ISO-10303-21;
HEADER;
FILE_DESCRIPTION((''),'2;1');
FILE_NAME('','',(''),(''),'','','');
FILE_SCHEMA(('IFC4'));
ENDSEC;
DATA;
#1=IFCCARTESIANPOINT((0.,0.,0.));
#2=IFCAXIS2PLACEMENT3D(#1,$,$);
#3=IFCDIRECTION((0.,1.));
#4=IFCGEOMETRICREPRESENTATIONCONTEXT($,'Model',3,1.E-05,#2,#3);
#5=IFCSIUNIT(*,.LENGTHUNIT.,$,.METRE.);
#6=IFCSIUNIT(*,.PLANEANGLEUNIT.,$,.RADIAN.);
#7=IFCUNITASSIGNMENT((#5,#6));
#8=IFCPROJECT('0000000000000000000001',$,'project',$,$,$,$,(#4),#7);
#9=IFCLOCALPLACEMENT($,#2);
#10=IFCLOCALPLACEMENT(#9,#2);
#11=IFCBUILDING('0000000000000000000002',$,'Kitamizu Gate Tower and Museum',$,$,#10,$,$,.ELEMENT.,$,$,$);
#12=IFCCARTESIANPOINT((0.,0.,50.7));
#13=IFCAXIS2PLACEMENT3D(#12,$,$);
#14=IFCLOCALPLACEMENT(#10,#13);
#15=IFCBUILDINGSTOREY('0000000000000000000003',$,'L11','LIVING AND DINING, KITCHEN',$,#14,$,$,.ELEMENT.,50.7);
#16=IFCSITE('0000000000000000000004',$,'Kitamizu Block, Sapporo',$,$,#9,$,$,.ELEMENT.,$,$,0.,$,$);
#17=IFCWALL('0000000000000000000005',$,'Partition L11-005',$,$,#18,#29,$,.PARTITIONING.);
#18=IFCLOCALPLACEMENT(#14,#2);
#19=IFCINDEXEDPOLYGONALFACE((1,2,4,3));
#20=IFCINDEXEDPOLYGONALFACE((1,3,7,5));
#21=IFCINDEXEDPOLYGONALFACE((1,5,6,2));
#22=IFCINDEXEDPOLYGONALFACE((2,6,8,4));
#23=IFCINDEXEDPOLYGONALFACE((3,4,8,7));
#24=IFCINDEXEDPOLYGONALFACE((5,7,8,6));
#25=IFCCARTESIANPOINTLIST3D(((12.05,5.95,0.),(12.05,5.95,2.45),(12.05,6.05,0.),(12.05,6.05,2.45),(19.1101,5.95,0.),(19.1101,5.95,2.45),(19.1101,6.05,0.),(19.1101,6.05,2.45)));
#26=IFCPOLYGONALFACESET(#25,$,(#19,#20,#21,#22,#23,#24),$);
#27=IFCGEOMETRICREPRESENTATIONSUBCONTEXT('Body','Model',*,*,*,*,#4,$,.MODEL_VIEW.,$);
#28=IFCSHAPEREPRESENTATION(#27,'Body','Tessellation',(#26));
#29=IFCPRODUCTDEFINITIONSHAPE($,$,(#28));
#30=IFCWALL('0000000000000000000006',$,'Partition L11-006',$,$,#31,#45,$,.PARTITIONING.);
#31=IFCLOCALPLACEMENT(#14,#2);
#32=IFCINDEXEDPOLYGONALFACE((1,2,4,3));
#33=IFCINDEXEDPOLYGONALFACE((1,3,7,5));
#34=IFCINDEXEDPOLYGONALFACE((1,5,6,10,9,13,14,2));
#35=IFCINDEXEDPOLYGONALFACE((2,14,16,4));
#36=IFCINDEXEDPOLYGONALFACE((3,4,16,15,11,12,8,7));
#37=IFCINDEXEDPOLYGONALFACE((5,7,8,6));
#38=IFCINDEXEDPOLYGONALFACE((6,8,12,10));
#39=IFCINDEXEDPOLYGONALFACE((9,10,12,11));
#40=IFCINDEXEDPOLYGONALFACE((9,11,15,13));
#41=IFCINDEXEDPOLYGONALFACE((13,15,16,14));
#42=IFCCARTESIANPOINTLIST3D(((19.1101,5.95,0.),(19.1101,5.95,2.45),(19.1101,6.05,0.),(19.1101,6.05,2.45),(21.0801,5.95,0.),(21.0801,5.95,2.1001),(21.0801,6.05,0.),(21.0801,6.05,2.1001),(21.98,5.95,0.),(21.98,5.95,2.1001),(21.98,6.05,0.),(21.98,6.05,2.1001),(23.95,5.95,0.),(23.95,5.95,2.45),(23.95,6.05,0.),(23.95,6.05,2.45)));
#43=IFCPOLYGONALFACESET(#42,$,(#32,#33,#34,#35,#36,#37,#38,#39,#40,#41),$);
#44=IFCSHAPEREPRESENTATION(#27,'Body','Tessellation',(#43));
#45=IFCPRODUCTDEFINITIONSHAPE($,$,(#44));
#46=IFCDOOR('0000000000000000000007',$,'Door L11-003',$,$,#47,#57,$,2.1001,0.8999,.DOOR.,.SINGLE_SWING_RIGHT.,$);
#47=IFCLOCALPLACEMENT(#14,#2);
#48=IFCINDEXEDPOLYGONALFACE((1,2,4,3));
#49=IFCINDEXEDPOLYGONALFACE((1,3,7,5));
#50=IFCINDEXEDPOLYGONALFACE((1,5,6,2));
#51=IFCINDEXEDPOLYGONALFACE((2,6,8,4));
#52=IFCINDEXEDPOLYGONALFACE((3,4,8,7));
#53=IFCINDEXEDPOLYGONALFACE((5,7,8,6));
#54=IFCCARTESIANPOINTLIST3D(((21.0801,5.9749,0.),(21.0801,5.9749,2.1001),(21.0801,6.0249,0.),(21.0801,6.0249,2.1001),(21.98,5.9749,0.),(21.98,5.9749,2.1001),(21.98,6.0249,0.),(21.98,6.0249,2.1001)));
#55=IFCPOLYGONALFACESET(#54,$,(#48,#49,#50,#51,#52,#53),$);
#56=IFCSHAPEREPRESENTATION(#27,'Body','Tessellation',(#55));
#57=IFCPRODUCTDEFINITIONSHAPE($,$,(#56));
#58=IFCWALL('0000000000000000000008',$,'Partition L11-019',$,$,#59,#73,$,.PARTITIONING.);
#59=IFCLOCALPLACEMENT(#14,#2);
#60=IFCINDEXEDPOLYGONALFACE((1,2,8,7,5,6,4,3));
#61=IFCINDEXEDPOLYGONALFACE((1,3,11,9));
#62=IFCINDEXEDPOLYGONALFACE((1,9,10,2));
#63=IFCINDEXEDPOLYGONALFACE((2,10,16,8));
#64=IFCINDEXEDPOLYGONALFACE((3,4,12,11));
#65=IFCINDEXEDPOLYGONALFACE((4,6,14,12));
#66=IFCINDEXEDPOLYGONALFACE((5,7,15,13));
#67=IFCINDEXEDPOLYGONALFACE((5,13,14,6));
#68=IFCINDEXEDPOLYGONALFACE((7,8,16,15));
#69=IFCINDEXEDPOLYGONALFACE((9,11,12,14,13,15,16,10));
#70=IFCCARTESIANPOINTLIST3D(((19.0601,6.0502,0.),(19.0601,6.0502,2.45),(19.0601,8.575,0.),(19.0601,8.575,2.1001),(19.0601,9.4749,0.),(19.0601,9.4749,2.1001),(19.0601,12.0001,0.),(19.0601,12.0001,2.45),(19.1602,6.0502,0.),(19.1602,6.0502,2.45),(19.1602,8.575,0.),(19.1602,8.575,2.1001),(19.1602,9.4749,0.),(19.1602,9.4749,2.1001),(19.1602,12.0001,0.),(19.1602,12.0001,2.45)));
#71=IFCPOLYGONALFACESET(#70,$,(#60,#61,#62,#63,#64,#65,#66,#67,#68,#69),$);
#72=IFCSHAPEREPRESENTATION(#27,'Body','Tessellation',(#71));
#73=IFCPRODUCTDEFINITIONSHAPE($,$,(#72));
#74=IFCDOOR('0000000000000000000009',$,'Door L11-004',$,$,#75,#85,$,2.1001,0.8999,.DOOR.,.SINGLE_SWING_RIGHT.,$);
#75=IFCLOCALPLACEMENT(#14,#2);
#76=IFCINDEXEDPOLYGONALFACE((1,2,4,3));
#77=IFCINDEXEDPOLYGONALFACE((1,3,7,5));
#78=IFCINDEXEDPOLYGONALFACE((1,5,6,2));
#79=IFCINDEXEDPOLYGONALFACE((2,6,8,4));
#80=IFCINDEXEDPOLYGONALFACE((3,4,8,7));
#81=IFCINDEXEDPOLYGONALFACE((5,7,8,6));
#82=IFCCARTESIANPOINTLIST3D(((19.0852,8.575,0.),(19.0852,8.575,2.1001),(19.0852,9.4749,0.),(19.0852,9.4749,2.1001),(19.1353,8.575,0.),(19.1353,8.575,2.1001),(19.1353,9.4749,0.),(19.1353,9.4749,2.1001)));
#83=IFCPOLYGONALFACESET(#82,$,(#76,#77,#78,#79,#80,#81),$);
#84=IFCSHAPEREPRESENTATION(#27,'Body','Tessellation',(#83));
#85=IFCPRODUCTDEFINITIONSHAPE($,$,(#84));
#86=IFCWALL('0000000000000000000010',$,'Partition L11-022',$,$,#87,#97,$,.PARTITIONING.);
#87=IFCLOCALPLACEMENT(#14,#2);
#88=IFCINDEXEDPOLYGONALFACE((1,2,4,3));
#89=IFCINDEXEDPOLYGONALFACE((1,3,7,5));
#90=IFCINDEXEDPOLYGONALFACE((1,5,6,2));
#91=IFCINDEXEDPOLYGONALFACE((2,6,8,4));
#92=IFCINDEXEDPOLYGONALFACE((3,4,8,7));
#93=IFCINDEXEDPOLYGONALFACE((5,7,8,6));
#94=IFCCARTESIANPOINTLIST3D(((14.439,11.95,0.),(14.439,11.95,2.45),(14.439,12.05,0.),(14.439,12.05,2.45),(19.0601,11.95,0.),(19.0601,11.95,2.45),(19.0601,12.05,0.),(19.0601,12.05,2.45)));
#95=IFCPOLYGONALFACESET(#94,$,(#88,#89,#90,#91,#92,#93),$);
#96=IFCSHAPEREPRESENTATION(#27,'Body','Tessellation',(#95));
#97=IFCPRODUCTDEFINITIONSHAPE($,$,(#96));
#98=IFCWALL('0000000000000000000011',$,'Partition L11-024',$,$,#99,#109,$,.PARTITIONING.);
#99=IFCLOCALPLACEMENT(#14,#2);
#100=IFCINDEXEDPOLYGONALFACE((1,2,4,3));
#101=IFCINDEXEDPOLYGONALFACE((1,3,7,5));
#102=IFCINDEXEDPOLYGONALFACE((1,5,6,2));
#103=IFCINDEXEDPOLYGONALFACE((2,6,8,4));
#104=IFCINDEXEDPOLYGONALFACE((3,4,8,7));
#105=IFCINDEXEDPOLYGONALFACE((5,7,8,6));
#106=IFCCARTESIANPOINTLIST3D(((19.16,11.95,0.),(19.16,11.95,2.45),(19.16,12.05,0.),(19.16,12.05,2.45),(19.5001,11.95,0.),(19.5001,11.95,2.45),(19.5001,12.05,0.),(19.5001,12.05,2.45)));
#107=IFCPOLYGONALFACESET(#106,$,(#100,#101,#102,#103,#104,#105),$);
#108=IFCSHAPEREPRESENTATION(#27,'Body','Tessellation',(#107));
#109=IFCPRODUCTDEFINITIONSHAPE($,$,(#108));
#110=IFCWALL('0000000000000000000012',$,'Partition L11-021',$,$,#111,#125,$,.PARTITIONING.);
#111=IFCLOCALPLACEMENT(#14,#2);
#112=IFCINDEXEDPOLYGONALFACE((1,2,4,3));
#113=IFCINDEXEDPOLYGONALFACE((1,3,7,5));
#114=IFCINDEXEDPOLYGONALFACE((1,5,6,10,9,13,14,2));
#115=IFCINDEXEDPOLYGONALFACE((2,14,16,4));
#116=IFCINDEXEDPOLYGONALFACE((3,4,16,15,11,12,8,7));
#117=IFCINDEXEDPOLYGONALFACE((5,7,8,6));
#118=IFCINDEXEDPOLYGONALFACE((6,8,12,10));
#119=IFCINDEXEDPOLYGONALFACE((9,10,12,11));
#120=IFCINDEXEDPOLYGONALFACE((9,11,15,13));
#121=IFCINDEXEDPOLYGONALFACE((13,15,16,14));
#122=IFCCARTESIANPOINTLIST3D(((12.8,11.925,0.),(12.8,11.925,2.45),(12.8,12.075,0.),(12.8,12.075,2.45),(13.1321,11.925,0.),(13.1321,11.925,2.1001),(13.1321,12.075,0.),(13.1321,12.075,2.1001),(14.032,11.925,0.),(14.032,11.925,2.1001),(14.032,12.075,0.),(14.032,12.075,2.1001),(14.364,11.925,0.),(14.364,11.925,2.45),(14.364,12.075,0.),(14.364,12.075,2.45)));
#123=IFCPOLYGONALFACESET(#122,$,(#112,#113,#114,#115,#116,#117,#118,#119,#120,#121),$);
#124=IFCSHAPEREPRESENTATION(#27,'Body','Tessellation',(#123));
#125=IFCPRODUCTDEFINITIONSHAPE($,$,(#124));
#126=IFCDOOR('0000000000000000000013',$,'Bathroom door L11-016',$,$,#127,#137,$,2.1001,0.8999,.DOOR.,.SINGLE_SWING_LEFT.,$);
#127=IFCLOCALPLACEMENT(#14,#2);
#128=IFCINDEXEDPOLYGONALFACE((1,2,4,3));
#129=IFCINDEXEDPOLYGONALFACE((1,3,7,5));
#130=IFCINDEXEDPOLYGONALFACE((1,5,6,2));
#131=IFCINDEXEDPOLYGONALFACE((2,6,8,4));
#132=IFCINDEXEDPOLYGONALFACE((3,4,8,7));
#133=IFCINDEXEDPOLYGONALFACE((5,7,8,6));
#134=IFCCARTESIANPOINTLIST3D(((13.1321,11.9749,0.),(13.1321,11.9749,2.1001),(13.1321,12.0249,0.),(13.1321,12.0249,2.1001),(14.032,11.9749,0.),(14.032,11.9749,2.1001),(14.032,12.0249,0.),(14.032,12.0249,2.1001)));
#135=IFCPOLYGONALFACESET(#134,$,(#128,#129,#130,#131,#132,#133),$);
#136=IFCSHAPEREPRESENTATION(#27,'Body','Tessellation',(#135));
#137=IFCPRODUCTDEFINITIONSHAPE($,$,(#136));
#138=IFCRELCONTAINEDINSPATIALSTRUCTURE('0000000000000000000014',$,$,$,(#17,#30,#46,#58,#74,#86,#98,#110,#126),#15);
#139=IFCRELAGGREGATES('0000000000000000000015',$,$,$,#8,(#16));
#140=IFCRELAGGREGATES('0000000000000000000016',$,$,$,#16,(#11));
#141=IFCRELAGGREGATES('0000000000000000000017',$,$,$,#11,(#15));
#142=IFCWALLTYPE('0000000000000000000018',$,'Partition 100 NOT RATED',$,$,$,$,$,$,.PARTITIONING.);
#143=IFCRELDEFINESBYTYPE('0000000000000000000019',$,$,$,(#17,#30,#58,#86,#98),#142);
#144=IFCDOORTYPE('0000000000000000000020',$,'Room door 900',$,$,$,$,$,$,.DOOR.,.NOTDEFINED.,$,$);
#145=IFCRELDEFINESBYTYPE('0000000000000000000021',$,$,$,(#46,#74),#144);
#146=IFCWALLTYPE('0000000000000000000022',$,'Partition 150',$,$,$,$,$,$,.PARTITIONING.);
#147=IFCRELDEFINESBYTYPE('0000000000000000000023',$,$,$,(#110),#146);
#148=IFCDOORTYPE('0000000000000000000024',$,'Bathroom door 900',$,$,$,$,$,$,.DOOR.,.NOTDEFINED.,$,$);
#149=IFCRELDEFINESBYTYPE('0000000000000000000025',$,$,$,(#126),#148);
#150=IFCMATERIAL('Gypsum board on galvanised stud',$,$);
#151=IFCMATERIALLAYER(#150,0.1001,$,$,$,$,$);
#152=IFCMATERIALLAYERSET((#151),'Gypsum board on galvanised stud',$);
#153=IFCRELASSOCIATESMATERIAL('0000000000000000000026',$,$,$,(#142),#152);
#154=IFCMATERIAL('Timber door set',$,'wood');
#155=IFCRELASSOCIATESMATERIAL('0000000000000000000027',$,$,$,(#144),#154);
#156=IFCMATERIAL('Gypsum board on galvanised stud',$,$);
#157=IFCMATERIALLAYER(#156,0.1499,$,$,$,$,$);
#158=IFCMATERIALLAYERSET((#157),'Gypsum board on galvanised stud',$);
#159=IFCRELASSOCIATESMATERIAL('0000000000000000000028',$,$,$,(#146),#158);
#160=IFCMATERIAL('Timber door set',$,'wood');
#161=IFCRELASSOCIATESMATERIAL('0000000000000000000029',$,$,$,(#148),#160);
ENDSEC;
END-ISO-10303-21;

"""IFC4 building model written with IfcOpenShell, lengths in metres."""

from ifc_helpers import new_model, si_unit, direction, frame, frame_2d, origin, place, context, subcontext, project, spatial, rectangle, extrude, material, layer, layer_set, type_object, element, fill, save


model = new_model("IFC4")

# Units and contexts
model_context = context("Model", 3, precision=1e-05, world=origin(), true_north=direction((0.0, 1.0)))
body_context = subcontext(model_context, "Body", "Model", "MODEL_VIEW")
ifc_project = project(units=[si_unit("LENGTHUNIT", "METRE"), si_unit("PLANEANGLEUNIT", "RADIAN")], contexts=[model_context])

# Site, building, storey
site_placement = place(None, origin())
site = spatial("IfcSite", under=ifc_project, at=site_placement, Name="Kitamizu Block, Sapporo", CompositionType="ELEMENT", RefElevation=0.0)
building_placement = place(site_placement, origin())
building = spatial("IfcBuilding", under=site, at=building_placement, Name="Kitamizu Gate Tower and Museum", CompositionType="ELEMENT")
storey_placement = place(building_placement, frame((0.0, 0.0, 50.7)))
storey = spatial("IfcBuildingStorey", under=building, at=storey_placement, Name="L11", Description="LIVING AND DINING, KITCHEN", CompositionType="ELEMENT", Elevation=50.7)

# Shared definitions
ifc_material_1 = material(Name="Gypsum board on galvanised stud")
ifc_layer_1 = layer(ifc_material_1, 0.1001)
ifc_layer_set_1 = layer_set([ifc_layer_1], Name="Gypsum board on galvanised stud")
wall_type_1 = type_object("IfcWallType", Name="Partition 100 NOT RATED", PredefinedType="PARTITIONING", material=ifc_layer_set_1)
ifc_material_2 = material(Name="Timber door set", Category="wood")
door_type_1 = type_object("IfcDoorType", Name="Room door 900", OperationType="NOTDEFINED", PredefinedType="DOOR", material=ifc_material_2)

# Wall
wall_1_placement = place(storey_placement, frame((19.1101, 6.0, 0.0), z_axis=(0.0, 0.0, 1.0), x_axis=(-1.0, 0.0, 0.0)))
element("IfcWall", 1, at=wall_1_placement, inside=storey, type_object=wall_type_1, Name="Partition L11-005", PredefinedType="PARTITIONING", context=body_context, shape_type="SweptSolid", body=[
    extrude(rectangle(XDim=7.0601, YDim=0.1001, at=frame_2d((3.53, 0.0))), origin(), (0.0, 0.0, 1.0), 2.45),
])

# Walls, openings, doors
wall_2_placement = place(storey_placement, frame((23.95, 6.0, 0.0), z_axis=(0.0, 0.0, 1.0), x_axis=(-1.0, 0.0, 0.0)))
wall_2 = element("IfcWall", 2, at=wall_2_placement, inside=storey, type_object=wall_type_1, Name="Partition L11-006", PredefinedType="PARTITIONING", context=body_context, shape_type="SweptSolid", body=[
    extrude(rectangle(XDim=4.8398, YDim=0.1001, at=frame_2d((2.4199, 0.0))), origin(), (0.0, 0.0, 1.0), 2.45),
])
opening_1_placement = place(wall_2_placement, frame((1.97, 0.0, 0.0)))
opening_1 = element("IfcOpeningElement", 3, at=opening_1_placement, cuts=wall_2, PredefinedType="OPENING", context=body_context, shape_type="SweptSolid", body=[
    extrude(rectangle(XDim=0.8999, YDim=2.1001, at=frame_2d((0.45, 1.05))), frame((0.0, 0.0601, 0.0), z_axis=(0.0, -1.0, 0.0), x_axis=(1.0, 0.0, 0.0)), (0.0, 0.0, 1.0), 0.1201),
])
door_1_placement = place(opening_1_placement, frame((0.8999, 0.0, 0.0), x_axis=(-1.0, 0.0, 0.0)))
door_1 = element("IfcDoor", 4, at=door_1_placement, inside=storey, type_object=door_type_1, Name="Door L11-003", OperationType="SINGLE_SWING_RIGHT", OverallHeight=2.1001, OverallWidth=0.8999, PredefinedType="DOOR", context=body_context, shape_type="SweptSolid", body=[
    extrude(rectangle(XDim=0.8999, YDim=2.1001, at=frame_2d((0.45, 1.05))), frame((0.0, 0.0249, 0.0), z_axis=(0.0, -1.0, 0.0), x_axis=(1.0, 0.0, 0.0)), (0.0, 0.0, 1.0), 0.05),
])
fill(opening_1, door_1)
wall_3_placement = place(storey_placement, frame((19.1101, 6.05, 0.0), z_axis=(0.0, 0.0, 1.0), x_axis=(0.0, 1.0, 0.0)))
wall_3 = element("IfcWall", 5, at=wall_3_placement, inside=storey, type_object=wall_type_1, Name="Partition L11-019", PredefinedType="PARTITIONING", context=body_context, shape_type="SweptSolid", body=[
    extrude(rectangle(XDim=5.95, YDim=0.1001, at=frame_2d((2.9751, 0.0))), origin(), (0.0, 0.0, 1.0), 2.45),
])
opening_2_placement = place(wall_3_placement, frame((2.5249, 0.0, 0.0)))
opening_2 = element("IfcOpeningElement", 6, at=opening_2_placement, cuts=wall_3, PredefinedType="OPENING", context=body_context, shape_type="SweptSolid", body=[
    extrude(rectangle(XDim=0.8999, YDim=2.1001, at=frame_2d((0.45, 1.05))), frame((0.0, 0.0601, 0.0), z_axis=(0.0, -1.0, 0.0), x_axis=(1.0, 0.0, 0.0)), (0.0, 0.0, 1.0), 0.1201),
])
door_2_placement = place(opening_2_placement, origin())
door_2 = element("IfcDoor", 7, at=door_2_placement, inside=storey, type_object=door_type_1, Name="Door L11-004", OperationType="SINGLE_SWING_RIGHT", OverallHeight=2.1001, OverallWidth=0.8999, PredefinedType="DOOR", context=body_context, shape_type="SweptSolid", body=[
    extrude(rectangle(XDim=0.8999, YDim=2.1001, at=frame_2d((0.45, 1.05))), frame((0.0, 0.0249, 0.0), z_axis=(0.0, -1.0, 0.0), x_axis=(1.0, 0.0, 0.0)), (0.0, 0.0, 1.0), 0.05),
])
fill(opening_2, door_2)

# Walls
wall_4_placement = place(storey_placement, frame((19.0601, 12.0, 0.0), z_axis=(0.0, 0.0, 1.0), x_axis=(-1.0, 0.0, 0.0)))
element("IfcWall", 8, at=wall_4_placement, inside=storey, type_object=wall_type_1, Name="Partition L11-022", PredefinedType="PARTITIONING", context=body_context, shape_type="SweptSolid", body=[
    extrude(rectangle(XDim=4.6211, YDim=0.1001, at=frame_2d((2.3105, 0.0))), origin(), (0.0, 0.0, 1.0), 2.45),
])
wall_5_placement = place(storey_placement, frame((19.5, 12.0, 0.0), z_axis=(0.0, 0.0, 1.0), x_axis=(-1.0, 0.0, 0.0)))
element("IfcWall", 9, at=wall_5_placement, inside=storey, type_object=wall_type_1, Name="Partition L11-024", PredefinedType="PARTITIONING", context=body_context, shape_type="SweptSolid", body=[
    extrude(rectangle(XDim=0.3401, YDim=0.1001, at=frame_2d((0.1699, 0.0))), origin(), (0.0, 0.0, 1.0), 2.45),
])

# Wall, opening, door
ifc_material_3 = material(Name="Gypsum board on galvanised stud")
ifc_layer_2 = layer(ifc_material_3, 0.1499)
ifc_layer_set_2 = layer_set([ifc_layer_2], Name="Gypsum board on galvanised stud")
wall_type_2 = type_object("IfcWallType", Name="Partition 150", PredefinedType="PARTITIONING", material=ifc_layer_set_2)
wall_6_placement = place(storey_placement, frame((14.364, 12.0, 0.0), z_axis=(0.0, 0.0, 1.0), x_axis=(-1.0, 0.0, 0.0)))
wall_6 = element("IfcWall", 10, at=wall_6_placement, inside=storey, type_object=wall_type_2, Name="Partition L11-021", PredefinedType="PARTITIONING", context=body_context, shape_type="SweptSolid", body=[
    extrude(rectangle(XDim=1.564, YDim=0.1499, at=frame_2d((0.782, 0.0))), origin(), (0.0, 0.0, 1.0), 2.45),
])
opening_3_placement = place(wall_6_placement, frame((0.332, 0.0, 0.0)))
opening_3 = element("IfcOpeningElement", 11, at=opening_3_placement, cuts=wall_6, PredefinedType="OPENING", context=body_context, shape_type="SweptSolid", body=[
    extrude(rectangle(XDim=0.8999, YDim=2.1001, at=frame_2d((0.45, 1.05))), frame((0.0, 0.085, 0.0), z_axis=(0.0, -1.0, 0.0), x_axis=(1.0, 0.0, 0.0)), (0.0, 0.0, 1.0), 0.1699),
])
ifc_material_4 = material(Name="Timber door set", Category="wood")
door_type_2 = type_object("IfcDoorType", Name="Bathroom door 900", OperationType="NOTDEFINED", PredefinedType="DOOR", material=ifc_material_4)
door_3_placement = place(opening_3_placement, frame((0.8999, 0.0, 0.0), x_axis=(-1.0, 0.0, 0.0)))
door_3 = element("IfcDoor", 12, at=door_3_placement, inside=storey, type_object=door_type_2, Name="Bathroom door L11-016", OperationType="SINGLE_SWING_LEFT", OverallHeight=2.1001, OverallWidth=0.8999, PredefinedType="DOOR", context=body_context, shape_type="SweptSolid", body=[
    extrude(rectangle(XDim=0.8999, YDim=2.1001, at=frame_2d((0.45, 1.05))), frame((0.0, 0.0249, 0.0), z_axis=(0.0, -1.0, 0.0), x_axis=(1.0, 0.0, 0.0)), (0.0, 0.0, 1.0), 0.05),
])
fill(opening_3, door_3)

save(model, "model.ifc")
